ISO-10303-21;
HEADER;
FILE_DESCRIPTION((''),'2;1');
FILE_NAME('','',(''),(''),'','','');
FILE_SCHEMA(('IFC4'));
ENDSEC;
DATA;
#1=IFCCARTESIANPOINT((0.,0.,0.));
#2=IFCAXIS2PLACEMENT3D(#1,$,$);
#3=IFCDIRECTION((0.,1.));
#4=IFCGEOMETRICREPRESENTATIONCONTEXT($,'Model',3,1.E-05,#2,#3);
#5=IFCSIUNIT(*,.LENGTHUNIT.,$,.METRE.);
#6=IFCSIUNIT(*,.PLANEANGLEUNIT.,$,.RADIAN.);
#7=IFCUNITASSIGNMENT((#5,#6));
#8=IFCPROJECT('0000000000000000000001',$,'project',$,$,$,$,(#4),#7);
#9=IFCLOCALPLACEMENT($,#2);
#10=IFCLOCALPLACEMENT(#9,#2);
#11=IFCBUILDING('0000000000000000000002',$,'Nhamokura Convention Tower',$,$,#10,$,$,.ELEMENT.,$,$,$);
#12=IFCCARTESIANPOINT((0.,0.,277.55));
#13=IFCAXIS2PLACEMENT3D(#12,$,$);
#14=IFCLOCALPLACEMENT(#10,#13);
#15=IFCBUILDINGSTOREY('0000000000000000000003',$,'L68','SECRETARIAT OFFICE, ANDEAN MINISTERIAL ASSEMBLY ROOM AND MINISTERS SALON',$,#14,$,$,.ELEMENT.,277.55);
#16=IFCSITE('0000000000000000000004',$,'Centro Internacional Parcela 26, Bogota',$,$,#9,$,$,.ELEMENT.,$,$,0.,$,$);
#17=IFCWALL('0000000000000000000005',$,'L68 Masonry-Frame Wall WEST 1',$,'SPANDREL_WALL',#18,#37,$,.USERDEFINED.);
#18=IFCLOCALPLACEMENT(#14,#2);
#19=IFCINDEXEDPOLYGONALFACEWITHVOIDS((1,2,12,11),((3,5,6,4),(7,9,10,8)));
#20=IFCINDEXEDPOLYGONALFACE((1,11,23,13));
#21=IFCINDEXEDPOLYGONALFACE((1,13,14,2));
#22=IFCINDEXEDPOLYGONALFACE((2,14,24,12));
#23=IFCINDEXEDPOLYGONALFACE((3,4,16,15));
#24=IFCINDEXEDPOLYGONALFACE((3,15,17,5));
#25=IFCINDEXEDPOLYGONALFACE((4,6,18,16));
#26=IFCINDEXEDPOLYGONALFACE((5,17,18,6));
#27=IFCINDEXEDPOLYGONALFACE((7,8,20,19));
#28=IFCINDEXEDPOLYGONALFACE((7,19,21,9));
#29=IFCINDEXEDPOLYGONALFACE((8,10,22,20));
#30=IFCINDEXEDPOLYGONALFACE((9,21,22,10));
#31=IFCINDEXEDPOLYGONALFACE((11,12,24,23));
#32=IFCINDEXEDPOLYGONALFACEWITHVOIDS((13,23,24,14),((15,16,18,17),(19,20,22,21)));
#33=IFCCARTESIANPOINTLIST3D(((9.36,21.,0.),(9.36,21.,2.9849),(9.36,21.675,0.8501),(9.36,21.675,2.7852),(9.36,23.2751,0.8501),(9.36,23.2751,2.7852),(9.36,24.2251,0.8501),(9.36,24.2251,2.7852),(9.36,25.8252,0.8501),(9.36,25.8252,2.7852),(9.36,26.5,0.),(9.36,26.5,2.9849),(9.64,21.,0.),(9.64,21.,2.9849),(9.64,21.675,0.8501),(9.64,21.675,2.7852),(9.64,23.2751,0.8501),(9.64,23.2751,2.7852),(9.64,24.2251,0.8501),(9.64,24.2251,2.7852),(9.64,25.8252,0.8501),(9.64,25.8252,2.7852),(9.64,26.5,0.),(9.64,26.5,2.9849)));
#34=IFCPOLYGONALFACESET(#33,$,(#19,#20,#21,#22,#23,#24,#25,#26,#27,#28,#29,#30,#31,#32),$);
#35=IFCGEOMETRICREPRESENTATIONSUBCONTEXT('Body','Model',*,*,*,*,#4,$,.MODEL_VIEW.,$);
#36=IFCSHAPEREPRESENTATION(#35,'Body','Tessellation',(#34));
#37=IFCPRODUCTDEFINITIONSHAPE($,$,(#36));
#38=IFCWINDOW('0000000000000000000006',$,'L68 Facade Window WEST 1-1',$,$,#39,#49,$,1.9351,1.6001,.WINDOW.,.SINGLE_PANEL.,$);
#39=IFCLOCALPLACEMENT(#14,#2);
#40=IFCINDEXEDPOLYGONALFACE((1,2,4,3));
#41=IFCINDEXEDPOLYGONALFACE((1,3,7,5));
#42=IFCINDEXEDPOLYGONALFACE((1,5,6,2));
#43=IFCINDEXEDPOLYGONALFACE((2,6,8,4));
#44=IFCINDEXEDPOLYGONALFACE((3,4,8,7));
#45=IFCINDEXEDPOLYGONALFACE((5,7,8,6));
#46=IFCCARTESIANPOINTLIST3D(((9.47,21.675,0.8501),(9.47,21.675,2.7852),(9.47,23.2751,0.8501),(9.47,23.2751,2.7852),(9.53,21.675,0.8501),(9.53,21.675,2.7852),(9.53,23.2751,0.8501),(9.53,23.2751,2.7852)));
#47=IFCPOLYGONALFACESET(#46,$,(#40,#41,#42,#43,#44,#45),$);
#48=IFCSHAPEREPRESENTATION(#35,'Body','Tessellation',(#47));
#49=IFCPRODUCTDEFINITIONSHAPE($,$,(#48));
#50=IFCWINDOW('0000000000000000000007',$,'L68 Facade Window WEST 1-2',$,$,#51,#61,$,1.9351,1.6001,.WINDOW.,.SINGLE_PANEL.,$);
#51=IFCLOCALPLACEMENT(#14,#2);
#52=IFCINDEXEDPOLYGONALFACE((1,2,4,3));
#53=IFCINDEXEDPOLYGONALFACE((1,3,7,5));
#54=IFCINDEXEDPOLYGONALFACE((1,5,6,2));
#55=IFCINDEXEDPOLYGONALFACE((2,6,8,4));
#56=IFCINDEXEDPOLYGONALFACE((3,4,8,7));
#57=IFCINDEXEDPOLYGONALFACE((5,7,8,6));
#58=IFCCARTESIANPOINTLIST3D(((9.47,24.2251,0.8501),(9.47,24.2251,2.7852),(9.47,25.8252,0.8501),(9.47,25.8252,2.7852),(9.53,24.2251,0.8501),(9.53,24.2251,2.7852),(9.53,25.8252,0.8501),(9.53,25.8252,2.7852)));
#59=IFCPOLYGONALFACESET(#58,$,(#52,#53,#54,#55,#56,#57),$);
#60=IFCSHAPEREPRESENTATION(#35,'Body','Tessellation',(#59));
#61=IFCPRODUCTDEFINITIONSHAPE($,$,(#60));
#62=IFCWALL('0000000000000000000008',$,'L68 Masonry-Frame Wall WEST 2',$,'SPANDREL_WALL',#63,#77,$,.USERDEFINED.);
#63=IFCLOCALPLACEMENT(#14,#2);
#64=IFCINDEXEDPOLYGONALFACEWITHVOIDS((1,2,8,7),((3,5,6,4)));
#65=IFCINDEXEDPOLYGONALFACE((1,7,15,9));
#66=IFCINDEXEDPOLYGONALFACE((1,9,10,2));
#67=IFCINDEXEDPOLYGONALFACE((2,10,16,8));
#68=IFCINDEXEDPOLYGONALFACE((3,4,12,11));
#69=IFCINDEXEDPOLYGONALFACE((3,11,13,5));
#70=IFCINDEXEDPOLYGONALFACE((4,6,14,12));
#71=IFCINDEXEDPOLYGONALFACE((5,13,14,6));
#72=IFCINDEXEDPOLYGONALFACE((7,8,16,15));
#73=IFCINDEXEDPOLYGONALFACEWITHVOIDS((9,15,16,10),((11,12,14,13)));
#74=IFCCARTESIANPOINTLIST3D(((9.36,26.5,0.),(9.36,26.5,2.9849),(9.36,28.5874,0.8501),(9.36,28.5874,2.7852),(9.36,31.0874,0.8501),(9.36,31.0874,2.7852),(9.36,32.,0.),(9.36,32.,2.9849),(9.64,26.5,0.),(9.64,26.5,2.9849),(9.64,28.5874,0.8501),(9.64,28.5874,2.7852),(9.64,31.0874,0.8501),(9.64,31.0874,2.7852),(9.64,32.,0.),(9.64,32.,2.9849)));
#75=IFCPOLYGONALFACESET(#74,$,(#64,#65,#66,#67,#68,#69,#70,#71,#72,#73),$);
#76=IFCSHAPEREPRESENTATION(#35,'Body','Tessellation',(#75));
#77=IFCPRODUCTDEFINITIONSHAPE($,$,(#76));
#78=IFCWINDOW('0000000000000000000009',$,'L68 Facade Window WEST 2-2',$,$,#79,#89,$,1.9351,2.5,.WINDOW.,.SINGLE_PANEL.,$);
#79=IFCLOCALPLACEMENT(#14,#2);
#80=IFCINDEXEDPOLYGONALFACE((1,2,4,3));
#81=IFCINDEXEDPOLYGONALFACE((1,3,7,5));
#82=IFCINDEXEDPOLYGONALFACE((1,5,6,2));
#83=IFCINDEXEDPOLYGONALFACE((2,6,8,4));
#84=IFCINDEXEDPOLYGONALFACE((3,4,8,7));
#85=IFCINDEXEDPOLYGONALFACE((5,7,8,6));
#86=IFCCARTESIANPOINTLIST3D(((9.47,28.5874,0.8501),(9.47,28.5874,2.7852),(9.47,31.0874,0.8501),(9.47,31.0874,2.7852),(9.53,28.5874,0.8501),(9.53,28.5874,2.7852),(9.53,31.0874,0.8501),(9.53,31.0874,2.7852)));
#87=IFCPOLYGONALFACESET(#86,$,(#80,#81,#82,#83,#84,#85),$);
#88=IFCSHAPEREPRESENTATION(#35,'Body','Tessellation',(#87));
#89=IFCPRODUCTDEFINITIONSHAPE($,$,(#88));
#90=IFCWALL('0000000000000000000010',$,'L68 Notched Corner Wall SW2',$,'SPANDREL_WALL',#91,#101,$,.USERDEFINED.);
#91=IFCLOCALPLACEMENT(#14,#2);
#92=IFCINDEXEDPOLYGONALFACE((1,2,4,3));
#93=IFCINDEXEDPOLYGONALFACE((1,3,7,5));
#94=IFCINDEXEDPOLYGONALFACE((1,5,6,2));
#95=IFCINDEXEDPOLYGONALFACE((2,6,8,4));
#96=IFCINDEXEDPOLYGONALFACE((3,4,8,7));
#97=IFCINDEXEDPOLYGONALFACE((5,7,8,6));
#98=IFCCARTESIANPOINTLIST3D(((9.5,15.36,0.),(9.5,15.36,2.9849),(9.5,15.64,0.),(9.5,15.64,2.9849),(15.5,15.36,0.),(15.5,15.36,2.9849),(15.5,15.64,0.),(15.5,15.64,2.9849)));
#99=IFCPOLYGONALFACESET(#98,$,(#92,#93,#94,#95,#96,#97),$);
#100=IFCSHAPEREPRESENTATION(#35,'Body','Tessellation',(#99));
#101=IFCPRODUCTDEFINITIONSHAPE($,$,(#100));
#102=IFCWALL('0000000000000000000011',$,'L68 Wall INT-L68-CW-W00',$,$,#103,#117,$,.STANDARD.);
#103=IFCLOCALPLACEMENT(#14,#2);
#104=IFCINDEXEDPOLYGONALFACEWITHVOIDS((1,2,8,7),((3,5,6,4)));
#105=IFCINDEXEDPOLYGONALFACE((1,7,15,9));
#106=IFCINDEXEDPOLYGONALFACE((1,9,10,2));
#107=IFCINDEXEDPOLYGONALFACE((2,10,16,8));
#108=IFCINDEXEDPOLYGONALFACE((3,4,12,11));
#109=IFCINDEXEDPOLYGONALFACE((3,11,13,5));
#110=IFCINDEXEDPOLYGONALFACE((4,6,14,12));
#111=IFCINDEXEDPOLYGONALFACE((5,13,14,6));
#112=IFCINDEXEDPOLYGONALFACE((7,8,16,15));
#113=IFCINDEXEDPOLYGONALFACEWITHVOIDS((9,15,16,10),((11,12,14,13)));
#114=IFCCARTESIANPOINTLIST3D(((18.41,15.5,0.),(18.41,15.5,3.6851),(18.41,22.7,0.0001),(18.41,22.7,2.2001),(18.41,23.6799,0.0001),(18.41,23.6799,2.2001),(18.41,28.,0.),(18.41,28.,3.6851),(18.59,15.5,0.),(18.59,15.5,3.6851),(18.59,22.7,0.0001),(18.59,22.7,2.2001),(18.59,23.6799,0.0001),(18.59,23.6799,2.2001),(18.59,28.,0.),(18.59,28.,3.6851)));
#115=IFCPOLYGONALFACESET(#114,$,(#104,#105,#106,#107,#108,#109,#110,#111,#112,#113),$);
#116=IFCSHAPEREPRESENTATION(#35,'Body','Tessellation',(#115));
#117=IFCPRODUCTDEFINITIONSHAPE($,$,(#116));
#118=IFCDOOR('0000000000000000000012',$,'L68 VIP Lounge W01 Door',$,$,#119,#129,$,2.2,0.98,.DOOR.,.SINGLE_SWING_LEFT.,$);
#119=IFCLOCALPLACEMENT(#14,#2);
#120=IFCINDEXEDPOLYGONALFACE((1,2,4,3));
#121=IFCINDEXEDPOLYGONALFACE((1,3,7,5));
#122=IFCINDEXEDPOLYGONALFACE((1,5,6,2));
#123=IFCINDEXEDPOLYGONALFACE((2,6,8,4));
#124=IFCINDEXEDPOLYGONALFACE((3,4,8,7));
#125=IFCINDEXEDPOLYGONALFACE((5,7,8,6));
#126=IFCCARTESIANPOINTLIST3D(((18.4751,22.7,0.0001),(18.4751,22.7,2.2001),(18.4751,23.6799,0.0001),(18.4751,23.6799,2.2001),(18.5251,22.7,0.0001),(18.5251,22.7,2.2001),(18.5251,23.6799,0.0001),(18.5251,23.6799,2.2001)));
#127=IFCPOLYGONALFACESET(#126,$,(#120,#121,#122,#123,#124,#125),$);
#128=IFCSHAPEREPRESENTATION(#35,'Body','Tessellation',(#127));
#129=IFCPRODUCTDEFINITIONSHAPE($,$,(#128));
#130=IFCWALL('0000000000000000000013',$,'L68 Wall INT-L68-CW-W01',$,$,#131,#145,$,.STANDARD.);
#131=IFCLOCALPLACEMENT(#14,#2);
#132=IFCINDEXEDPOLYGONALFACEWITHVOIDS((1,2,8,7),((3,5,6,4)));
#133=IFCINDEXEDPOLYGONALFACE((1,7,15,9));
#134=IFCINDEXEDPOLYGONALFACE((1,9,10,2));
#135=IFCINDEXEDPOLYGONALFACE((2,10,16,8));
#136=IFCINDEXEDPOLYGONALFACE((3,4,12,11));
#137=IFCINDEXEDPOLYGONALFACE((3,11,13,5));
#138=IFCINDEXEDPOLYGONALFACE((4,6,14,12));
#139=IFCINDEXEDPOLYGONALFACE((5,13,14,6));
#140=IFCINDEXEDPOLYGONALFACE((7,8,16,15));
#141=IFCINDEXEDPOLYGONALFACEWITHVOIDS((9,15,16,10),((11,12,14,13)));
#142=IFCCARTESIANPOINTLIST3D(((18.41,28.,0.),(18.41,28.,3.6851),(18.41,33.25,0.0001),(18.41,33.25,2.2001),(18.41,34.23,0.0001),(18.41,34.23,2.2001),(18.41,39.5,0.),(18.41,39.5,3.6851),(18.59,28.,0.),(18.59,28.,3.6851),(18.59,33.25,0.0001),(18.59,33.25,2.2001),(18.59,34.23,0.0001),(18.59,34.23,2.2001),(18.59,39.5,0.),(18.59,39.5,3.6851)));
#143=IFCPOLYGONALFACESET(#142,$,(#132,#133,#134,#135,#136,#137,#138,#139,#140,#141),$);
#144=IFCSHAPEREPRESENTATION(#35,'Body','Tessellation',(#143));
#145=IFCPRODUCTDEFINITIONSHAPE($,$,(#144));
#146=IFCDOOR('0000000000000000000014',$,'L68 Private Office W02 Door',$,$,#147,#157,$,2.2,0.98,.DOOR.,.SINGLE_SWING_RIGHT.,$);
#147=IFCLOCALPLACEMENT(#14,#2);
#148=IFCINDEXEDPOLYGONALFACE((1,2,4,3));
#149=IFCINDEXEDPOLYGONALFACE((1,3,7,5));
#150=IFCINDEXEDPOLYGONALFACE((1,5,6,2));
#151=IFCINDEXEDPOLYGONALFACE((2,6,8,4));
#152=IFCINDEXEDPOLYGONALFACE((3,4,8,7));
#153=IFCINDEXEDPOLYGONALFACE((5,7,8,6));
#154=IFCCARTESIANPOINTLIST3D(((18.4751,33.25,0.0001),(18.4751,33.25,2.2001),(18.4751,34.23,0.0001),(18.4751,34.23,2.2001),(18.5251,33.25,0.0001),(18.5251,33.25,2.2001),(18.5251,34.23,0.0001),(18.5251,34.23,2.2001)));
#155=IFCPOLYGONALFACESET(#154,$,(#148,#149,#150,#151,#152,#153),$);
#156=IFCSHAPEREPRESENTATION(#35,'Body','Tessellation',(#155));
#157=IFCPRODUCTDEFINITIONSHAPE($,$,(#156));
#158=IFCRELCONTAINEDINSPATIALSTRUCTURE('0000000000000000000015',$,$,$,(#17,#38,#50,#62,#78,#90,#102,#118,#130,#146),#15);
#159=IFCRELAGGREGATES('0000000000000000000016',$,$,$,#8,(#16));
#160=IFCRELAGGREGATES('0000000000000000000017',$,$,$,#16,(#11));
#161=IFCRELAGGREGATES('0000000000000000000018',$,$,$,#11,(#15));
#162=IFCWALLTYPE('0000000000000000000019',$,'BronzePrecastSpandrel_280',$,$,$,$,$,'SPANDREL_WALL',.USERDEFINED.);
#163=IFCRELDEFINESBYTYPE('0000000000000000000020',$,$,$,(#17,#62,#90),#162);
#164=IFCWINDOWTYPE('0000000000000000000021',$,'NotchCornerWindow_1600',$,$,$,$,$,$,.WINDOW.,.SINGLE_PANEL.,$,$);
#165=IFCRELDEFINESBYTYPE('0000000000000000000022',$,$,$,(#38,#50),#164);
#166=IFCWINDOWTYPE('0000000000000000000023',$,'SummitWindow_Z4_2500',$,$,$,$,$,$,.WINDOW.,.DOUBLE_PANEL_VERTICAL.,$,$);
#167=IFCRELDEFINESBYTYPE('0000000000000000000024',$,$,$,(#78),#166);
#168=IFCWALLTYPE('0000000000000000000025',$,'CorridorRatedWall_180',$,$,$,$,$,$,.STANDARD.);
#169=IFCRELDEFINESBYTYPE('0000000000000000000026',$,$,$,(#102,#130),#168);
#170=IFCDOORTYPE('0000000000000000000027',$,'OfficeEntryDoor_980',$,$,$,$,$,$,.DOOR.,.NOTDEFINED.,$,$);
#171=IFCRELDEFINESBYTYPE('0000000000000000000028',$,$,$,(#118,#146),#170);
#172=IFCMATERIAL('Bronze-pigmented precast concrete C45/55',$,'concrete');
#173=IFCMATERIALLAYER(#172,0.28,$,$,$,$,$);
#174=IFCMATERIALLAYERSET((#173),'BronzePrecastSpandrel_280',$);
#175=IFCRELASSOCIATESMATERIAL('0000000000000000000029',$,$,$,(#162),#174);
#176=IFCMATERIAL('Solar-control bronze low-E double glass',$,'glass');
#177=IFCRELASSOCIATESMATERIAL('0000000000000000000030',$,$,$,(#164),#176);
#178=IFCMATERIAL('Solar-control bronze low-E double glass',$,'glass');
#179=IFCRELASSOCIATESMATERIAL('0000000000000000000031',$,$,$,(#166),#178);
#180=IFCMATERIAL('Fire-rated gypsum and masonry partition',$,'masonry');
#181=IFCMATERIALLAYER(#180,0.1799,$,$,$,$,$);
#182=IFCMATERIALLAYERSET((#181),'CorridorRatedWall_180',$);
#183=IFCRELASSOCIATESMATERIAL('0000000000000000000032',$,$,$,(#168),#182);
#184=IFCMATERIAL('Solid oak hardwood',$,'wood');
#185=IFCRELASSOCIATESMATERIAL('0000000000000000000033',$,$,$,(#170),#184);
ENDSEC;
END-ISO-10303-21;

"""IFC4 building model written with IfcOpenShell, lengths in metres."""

from ifc_helpers import new_model, si_unit, direction, frame, frame_2d, origin, place, context, subcontext, project, spatial, rectangle, extrude, material, layer, layer_set, type_object, element, fill, save


model = new_model("IFC4")

# Units and contexts
model_context = context("Model", 3, precision=1e-05, world=origin(), true_north=direction((0.0, 1.0)))
body_context = subcontext(model_context, "Body", "Model", "MODEL_VIEW")
ifc_project = project(units=[si_unit("LENGTHUNIT", "METRE"), si_unit("PLANEANGLEUNIT", "RADIAN")], contexts=[model_context])

# Site, building, storey
site_placement = place(None, origin())
site = spatial("IfcSite", under=ifc_project, at=site_placement, Name="Centro Internacional Parcela 26, Bogota", CompositionType="ELEMENT", RefElevation=0.0)
building_placement = place(site_placement, origin())
building = spatial("IfcBuilding", under=site, at=building_placement, Name="Nhamokura Convention Tower", CompositionType="ELEMENT")
storey_placement = place(building_placement, frame((0.0, 0.0, 277.55)))
storey = spatial("IfcBuildingStorey", under=building, at=storey_placement, Name="L68", Description="SECRETARIAT OFFICE, ANDEAN MINISTERIAL ASSEMBLY ROOM AND MINISTERS SALON", CompositionType="ELEMENT", Elevation=277.55)

# Wall, openings, windows
ifc_material_1 = material(Name="Bronze-pigmented precast concrete C45/55", Category="concrete")
ifc_layer_1 = layer(ifc_material_1, 0.28)
ifc_layer_set_1 = layer_set([ifc_layer_1], Name="BronzePrecastSpandrel_280")
wall_type_1 = type_object("IfcWallType", Name="BronzePrecastSpandrel_280", ElementType="SPANDREL_WALL", PredefinedType="USERDEFINED", material=ifc_layer_set_1)
wall_1_placement = place(storey_placement, frame((9.5, 21.0, 0.0), z_axis=(0.0, 0.0, 1.0), x_axis=(0.0, 1.0, 0.0)))
wall_1 = element("IfcWall", 1, at=wall_1_placement, inside=storey, type_object=wall_type_1, Name="L68 Masonry-Frame Wall WEST 1", ObjectType="SPANDREL_WALL", PredefinedType="USERDEFINED", context=body_context, shape_type="SweptSolid", body=[
    extrude(rectangle(XDim=5.5, YDim=0.28, at=frame_2d((2.75, 0.0))), origin(), (0.0, 0.0, 1.0), 2.9849),
])
opening_1_placement = place(wall_1_placement, frame((0.675, 0.0, 0.8501)))
opening_1 = element("IfcOpeningElement", 2, at=opening_1_placement, cuts=wall_1, PredefinedType="OPENING", context=body_context, shape_type="SweptSolid", body=[
    extrude(rectangle(XDim=1.6001, YDim=1.9351, at=frame_2d((0.8, 0.9675))), frame((0.0, 0.1499, 0.0), z_axis=(0.0, -1.0, 0.0), x_axis=(1.0, 0.0, 0.0)), (0.0, 0.0, 1.0), 0.3),
])
opening_2_placement = place(wall_1_placement, frame((3.2251, 0.0, 0.8501)))
opening_2 = element("IfcOpeningElement", 3, at=opening_2_placement, cuts=wall_1, PredefinedType="OPENING", context=body_context, shape_type="SweptSolid", body=[
    extrude(rectangle(XDim=1.6001, YDim=1.9351, at=frame_2d((0.8, 0.9675))), frame((0.0, 0.1499, 0.0), z_axis=(0.0, -1.0, 0.0), x_axis=(1.0, 0.0, 0.0)), (0.0, 0.0, 1.0), 0.3),
])
ifc_material_2 = material(Name="Solar-control bronze low-E double glass", Category="glass")
window_type_1 = type_object("IfcWindowType", Name="NotchCornerWindow_1600", PartitioningType="SINGLE_PANEL", PredefinedType="WINDOW", material=ifc_material_2)
window_1_placement = place(opening_1_placement, origin())
window_1 = element("IfcWindow", 4, at=window_1_placement, inside=storey, type_object=window_type_1, Name="L68 Facade Window WEST 1-1", OverallHeight=1.9351, OverallWidth=1.6001, PartitioningType="SINGLE_PANEL", PredefinedType="WINDOW", context=body_context, shape_type="SweptSolid", body=[
    extrude(rectangle(XDim=1.6001, YDim=1.9351, at=frame_2d((0.8, 0.9675))), frame((0.0, 0.03, 0.0), z_axis=(0.0, -1.0, 0.0), x_axis=(1.0, 0.0, 0.0)), (0.0, 0.0, 1.0), 0.0601),
])
fill(opening_1, window_1)
window_2_placement = place(opening_2_placement, origin())
window_2 = element("IfcWindow", 5, at=window_2_placement, inside=storey, type_object=window_type_1, Name="L68 Facade Window WEST 1-2", OverallHeight=1.9351, OverallWidth=1.6001, PartitioningType="SINGLE_PANEL", PredefinedType="WINDOW", context=body_context, shape_type="SweptSolid", body=[
    extrude(rectangle(XDim=1.6001, YDim=1.9351, at=frame_2d((0.8, 0.9675))), frame((0.0, 0.03, 0.0), z_axis=(0.0, -1.0, 0.0), x_axis=(1.0, 0.0, 0.0)), (0.0, 0.0, 1.0), 0.0601),
])
fill(opening_2, window_2)

# Wall, opening, window
wall_2_placement = place(storey_placement, frame((9.5, 26.5, 0.0), z_axis=(0.0, 0.0, 1.0), x_axis=(0.0, 1.0, 0.0)))
wall_2 = element("IfcWall", 6, at=wall_2_placement, inside=storey, type_object=wall_type_1, Name="L68 Masonry-Frame Wall WEST 2", ObjectType="SPANDREL_WALL", PredefinedType="USERDEFINED", context=body_context, shape_type="SweptSolid", body=[
    extrude(rectangle(XDim=5.5, YDim=0.28, at=frame_2d((2.75, 0.0))), origin(), (0.0, 0.0, 1.0), 2.9849),
])
opening_3_placement = place(wall_2_placement, frame((2.0874, 0.0, 0.8501)))
opening_3 = element("IfcOpeningElement", 7, at=opening_3_placement, cuts=wall_2, PredefinedType="OPENING", context=body_context, shape_type="SweptSolid", body=[
    extrude(rectangle(XDim=2.5, YDim=1.9351, at=frame_2d((1.25, 0.9675))), frame((0.0, 0.1499, 0.0), z_axis=(0.0, -1.0, 0.0), x_axis=(1.0, 0.0, 0.0)), (0.0, 0.0, 1.0), 0.3),
])
ifc_material_3 = material(Name="Solar-control bronze low-E double glass", Category="glass")
window_type_2 = type_object("IfcWindowType", Name="SummitWindow_Z4_2500", PartitioningType="DOUBLE_PANEL_VERTICAL", PredefinedType="WINDOW", material=ifc_material_3)
window_3_placement = place(opening_3_placement, origin())
window_3 = element("IfcWindow", 8, at=window_3_placement, inside=storey, type_object=window_type_2, Name="L68 Facade Window WEST 2-2", OverallHeight=1.9351, OverallWidth=2.5, PartitioningType="SINGLE_PANEL", PredefinedType="WINDOW", context=body_context, shape_type="SweptSolid", body=[
    extrude(rectangle(XDim=2.5, YDim=1.9351, at=frame_2d((1.25, 0.9675))), frame((0.0, 0.03, 0.0), z_axis=(0.0, -1.0, 0.0), x_axis=(1.0, 0.0, 0.0)), (0.0, 0.0, 1.0), 0.0601),
])
fill(opening_3, window_3)

# Wall
wall_3_placement = place(storey_placement, frame((15.5, 15.5, 0.0), z_axis=(0.0, 0.0, 1.0), x_axis=(-1.0, 0.0, 0.0)))
element("IfcWall", 9, at=wall_3_placement, inside=storey, type_object=wall_type_1, Name="L68 Notched Corner Wall SW2", ObjectType="SPANDREL_WALL", PredefinedType="USERDEFINED", context=body_context, shape_type="SweptSolid", body=[
    extrude(rectangle(XDim=6.0, YDim=0.28, at=frame_2d((3.0, 0.0))), origin(), (0.0, 0.0, 1.0), 2.9849),
])

# Walls, openings, doors
ifc_material_4 = material(Name="Fire-rated gypsum and masonry partition", Category="masonry")
ifc_layer_2 = layer(ifc_material_4, 0.1799)
ifc_layer_set_2 = layer_set([ifc_layer_2], Name="CorridorRatedWall_180")
wall_type_2 = type_object("IfcWallType", Name="CorridorRatedWall_180", PredefinedType="STANDARD", material=ifc_layer_set_2)
wall_4_placement = place(storey_placement, frame((18.5, 15.5, 0.0), z_axis=(0.0, 0.0, 1.0), x_axis=(0.0, 1.0, 0.0)))
wall_4 = element("IfcWall", 10, at=wall_4_placement, inside=storey, type_object=wall_type_2, Name="L68 Wall INT-L68-CW-W00", PredefinedType="STANDARD", context=body_context, shape_type="SweptSolid", body=[
    extrude(rectangle(XDim=12.5, YDim=0.1799, at=frame_2d((6.25, 0.0))), origin(), (0.0, 0.0, 1.0), 3.6851),
])
opening_4_placement = place(wall_4_placement, frame((7.2, 0.0, 0.0)))
opening_4 = element("IfcOpeningElement", 11, at=opening_4_placement, cuts=wall_4, PredefinedType="OPENING", context=body_context, shape_type="SweptSolid", body=[
    extrude(rectangle(XDim=0.98, YDim=2.2, at=frame_2d((0.49, 1.1001))), frame((0.0, 0.0999, 0.0), z_axis=(0.0, -1.0, 0.0), x_axis=(1.0, 0.0, 0.0)), (0.0, 0.0, 1.0), 0.2),
])
ifc_material_5 = material(Name="Solid oak hardwood", Category="wood")
door_type = type_object("IfcDoorType", Name="OfficeEntryDoor_980", OperationType="NOTDEFINED", PredefinedType="DOOR", material=ifc_material_5)
door_1_placement = place(opening_4_placement, origin())
door_1 = element("IfcDoor", 12, at=door_1_placement, inside=storey, type_object=door_type, Name="L68 VIP Lounge W01 Door", OperationType="SINGLE_SWING_LEFT", OverallHeight=2.2, OverallWidth=0.98, PredefinedType="DOOR", context=body_context, shape_type="SweptSolid", body=[
    extrude(rectangle(XDim=0.98, YDim=2.2, at=frame_2d((0.49, 1.1001))), frame((0.0, 0.0249, 0.0), z_axis=(0.0, -1.0, 0.0), x_axis=(1.0, 0.0, 0.0)), (0.0, 0.0, 1.0), 0.05),
])
fill(opening_4, door_1)
wall_5_placement = place(storey_placement, frame((18.5, 28.0, 0.0), z_axis=(0.0, 0.0, 1.0), x_axis=(0.0, 1.0, 0.0)))
wall_5 = element("IfcWall", 13, at=wall_5_placement, inside=storey, type_object=wall_type_2, Name="L68 Wall INT-L68-CW-W01", PredefinedType="STANDARD", context=body_context, shape_type="SweptSolid", body=[
    extrude(rectangle(XDim=11.5, YDim=0.1799, at=frame_2d((5.75, 0.0))), origin(), (0.0, 0.0, 1.0), 3.6851),
])
opening_5_placement = place(wall_5_placement, frame((5.25, 0.0, 0.0)))
opening_5 = element("IfcOpeningElement", 14, at=opening_5_placement, cuts=wall_5, PredefinedType="OPENING", context=body_context, shape_type="SweptSolid", body=[
    extrude(rectangle(XDim=0.98, YDim=2.2, at=frame_2d((0.49, 1.1001))), frame((0.0, 0.0999, 0.0), z_axis=(0.0, -1.0, 0.0), x_axis=(1.0, 0.0, 0.0)), (0.0, 0.0, 1.0), 0.2),
])
door_2_placement = place(opening_5_placement, origin())
door_2 = element("IfcDoor", 15, at=door_2_placement, inside=storey, type_object=door_type, Name="L68 Private Office W02 Door", OperationType="SINGLE_SWING_RIGHT", OverallHeight=2.2, OverallWidth=0.98, PredefinedType="DOOR", context=body_context, shape_type="SweptSolid", body=[
    extrude(rectangle(XDim=0.98, YDim=2.2, at=frame_2d((0.49, 1.1001))), frame((0.0, 0.0249, 0.0), z_axis=(0.0, -1.0, 0.0), x_axis=(1.0, 0.0, 0.0)), (0.0, 0.0, 1.0), 0.05),
])
fill(opening_5, door_2)

save(model, "model.ifc")
